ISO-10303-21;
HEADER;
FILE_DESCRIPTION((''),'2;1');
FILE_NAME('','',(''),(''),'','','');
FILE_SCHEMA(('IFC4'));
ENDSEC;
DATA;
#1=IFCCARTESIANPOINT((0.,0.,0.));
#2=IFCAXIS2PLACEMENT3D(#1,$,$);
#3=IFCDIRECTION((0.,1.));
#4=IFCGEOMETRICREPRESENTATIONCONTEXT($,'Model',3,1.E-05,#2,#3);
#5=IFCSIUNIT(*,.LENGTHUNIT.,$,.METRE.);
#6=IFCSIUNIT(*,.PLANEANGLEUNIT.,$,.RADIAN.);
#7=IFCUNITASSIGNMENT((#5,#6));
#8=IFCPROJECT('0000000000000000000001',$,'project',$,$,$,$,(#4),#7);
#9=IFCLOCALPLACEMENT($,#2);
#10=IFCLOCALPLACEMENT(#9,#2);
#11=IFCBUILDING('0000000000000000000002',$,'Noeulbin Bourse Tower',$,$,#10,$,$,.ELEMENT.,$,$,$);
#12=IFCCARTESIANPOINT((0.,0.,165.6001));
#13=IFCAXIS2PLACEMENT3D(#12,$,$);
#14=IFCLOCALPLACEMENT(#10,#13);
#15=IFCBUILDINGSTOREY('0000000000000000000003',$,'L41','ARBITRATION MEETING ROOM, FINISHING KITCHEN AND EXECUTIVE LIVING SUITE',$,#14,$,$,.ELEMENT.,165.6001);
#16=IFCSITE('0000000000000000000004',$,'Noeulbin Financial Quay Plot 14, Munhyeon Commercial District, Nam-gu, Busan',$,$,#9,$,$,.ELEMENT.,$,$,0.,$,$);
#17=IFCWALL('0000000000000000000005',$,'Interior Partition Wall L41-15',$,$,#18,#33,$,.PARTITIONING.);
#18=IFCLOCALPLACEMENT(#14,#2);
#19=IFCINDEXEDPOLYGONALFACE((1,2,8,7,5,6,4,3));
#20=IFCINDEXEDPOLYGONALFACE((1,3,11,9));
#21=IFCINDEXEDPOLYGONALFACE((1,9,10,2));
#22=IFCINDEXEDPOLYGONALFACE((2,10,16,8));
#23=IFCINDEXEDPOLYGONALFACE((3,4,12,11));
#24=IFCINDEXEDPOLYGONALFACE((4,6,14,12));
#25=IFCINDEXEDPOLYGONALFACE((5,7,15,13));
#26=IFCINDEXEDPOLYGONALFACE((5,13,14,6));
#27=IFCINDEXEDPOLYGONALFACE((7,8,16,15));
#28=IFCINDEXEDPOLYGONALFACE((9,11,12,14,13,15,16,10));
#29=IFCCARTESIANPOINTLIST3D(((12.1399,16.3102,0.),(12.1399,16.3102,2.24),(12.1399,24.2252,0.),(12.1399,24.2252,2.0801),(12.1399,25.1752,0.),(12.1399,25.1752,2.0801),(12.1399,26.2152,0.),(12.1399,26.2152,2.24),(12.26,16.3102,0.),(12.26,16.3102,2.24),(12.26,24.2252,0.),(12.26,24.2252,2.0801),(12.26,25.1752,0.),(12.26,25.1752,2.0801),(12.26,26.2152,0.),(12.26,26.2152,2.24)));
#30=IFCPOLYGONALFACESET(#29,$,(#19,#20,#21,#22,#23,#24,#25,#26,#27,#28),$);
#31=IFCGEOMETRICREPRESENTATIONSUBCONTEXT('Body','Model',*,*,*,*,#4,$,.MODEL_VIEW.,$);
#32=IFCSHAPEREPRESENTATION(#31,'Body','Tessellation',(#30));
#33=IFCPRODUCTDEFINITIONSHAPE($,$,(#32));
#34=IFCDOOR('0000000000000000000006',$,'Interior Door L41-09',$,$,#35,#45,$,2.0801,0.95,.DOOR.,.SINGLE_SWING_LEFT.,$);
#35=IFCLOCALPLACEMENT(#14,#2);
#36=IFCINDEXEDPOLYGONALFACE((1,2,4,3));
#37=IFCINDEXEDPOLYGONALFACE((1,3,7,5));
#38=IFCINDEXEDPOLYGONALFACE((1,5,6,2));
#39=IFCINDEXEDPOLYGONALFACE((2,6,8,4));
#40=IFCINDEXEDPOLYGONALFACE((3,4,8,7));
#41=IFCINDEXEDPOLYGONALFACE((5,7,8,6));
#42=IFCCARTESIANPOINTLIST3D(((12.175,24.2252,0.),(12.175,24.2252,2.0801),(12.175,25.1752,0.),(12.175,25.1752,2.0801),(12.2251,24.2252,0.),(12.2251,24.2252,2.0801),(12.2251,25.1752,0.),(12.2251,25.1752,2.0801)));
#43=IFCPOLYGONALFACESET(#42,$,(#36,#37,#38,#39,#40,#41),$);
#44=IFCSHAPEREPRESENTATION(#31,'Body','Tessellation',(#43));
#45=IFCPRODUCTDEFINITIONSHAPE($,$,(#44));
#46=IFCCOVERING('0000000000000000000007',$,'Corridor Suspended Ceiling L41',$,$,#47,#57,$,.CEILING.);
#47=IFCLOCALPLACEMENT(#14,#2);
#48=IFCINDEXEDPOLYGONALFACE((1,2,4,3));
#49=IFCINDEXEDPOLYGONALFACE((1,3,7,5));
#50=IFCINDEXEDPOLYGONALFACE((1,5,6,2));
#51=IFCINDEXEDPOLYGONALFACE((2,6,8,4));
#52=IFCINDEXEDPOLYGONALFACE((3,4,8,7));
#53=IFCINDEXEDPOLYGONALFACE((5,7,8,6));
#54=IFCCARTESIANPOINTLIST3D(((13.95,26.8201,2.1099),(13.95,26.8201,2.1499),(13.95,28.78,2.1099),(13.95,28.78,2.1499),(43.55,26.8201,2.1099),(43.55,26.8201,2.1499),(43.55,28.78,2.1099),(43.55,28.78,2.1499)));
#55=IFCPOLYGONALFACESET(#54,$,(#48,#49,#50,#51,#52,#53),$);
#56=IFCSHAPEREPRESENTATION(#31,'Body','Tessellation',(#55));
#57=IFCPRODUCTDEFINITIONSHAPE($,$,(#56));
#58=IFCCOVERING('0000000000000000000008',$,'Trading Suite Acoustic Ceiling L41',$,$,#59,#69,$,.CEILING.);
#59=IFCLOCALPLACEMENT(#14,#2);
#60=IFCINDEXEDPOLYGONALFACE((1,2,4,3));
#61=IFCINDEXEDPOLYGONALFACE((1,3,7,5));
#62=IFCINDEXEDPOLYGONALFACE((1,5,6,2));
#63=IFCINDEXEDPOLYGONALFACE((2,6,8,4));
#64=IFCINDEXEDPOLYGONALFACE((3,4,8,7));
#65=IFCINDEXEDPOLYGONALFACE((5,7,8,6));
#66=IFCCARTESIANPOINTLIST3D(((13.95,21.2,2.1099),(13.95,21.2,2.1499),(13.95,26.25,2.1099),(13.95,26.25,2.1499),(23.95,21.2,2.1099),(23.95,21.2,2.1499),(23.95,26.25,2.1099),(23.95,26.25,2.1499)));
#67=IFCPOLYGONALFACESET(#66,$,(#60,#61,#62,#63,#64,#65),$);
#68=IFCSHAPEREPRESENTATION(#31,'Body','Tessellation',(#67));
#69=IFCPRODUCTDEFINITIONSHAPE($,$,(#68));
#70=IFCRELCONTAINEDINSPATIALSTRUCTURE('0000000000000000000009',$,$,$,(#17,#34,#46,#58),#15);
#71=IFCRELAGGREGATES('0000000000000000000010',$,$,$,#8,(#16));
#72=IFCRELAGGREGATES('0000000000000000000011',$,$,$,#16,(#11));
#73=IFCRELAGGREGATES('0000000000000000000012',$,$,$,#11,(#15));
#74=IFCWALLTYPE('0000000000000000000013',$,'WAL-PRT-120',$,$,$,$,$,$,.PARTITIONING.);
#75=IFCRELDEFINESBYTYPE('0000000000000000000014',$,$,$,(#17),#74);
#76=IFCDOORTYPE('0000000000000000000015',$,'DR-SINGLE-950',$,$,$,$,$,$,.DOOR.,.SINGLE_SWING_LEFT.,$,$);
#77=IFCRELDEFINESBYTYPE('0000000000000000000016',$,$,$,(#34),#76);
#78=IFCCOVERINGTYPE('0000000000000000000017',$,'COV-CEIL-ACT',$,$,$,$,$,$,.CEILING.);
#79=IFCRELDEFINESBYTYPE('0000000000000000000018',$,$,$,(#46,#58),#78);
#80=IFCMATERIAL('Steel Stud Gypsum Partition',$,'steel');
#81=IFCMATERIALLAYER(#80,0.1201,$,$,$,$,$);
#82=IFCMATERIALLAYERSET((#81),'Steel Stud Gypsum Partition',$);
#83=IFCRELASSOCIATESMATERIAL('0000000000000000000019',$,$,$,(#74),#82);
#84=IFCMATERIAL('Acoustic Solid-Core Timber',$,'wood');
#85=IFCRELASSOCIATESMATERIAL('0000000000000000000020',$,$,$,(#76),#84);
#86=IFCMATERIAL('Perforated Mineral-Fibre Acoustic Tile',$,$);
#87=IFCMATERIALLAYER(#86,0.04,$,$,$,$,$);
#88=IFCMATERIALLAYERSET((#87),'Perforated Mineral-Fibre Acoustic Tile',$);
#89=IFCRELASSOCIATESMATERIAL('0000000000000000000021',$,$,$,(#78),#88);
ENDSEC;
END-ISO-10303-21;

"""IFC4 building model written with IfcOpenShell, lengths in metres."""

from ifc_helpers import new_model, si_unit, direction, frame, frame_2d, origin, place, context, subcontext, project, spatial, polyline, rectangle, outline, extrude, material, layer, layer_set, type_object, element, fill, save


model = new_model("IFC4")

# Units and contexts
model_context = context("Model", 3, precision=1e-05, world=origin(), true_north=direction((0.0, 1.0)))
body_context = subcontext(model_context, "Body", "Model", "MODEL_VIEW")
ifc_project = project(units=[si_unit("LENGTHUNIT", "METRE"), si_unit("PLANEANGLEUNIT", "RADIAN")], contexts=[model_context])

# Site, building, storey
site_placement = place(None, origin())
site = spatial("IfcSite", under=ifc_project, at=site_placement, Name="Noeulbin Financial Quay Plot 14, Munhyeon Commercial District, Nam-gu, Busan", CompositionType="ELEMENT", RefElevation=0.0)
building_placement = place(site_placement, origin())
building = spatial("IfcBuilding", under=site, at=building_placement, Name="Noeulbin Bourse Tower", CompositionType="ELEMENT")
storey_placement = place(building_placement, frame((0.0, 0.0, 165.6001)))
storey = spatial("IfcBuildingStorey", under=building, at=storey_placement, Name="L41", Description="ARBITRATION MEETING ROOM, FINISHING KITCHEN AND EXECUTIVE LIVING SUITE", CompositionType="ELEMENT", Elevation=165.6001)

# Wall, opening, door
ifc_material_1 = material(Name="Steel Stud Gypsum Partition", Category="steel")
ifc_layer_1 = layer(ifc_material_1, 0.1201)
ifc_layer_set_1 = layer_set([ifc_layer_1], Name="Steel Stud Gypsum Partition")
wall_type_1 = type_object("IfcWallType", Name="WAL-PRT-120", PredefinedType="PARTITIONING", material=ifc_layer_set_1)
wall_1_placement = place(storey_placement, frame((12.2, 16.3101, 0.0), z_axis=(0.0, 0.0, 1.0), x_axis=(0.0, 1.0, 0.0)))
wall_1 = element("IfcWall", 1, at=wall_1_placement, inside=storey, type_object=wall_type_1, Name="Interior Partition Wall L41-15", PredefinedType="PARTITIONING", context=body_context, shape_type="SweptSolid", body=[
    extrude(rectangle(XDim=9.905, YDim=0.1201, at=frame_2d((4.9526, 0.0))), origin(), (0.0, 0.0, 1.0), 2.24),
])
opening_1_placement = place(wall_1_placement, frame((7.915, 0.0, 0.0)))
opening_1 = element("IfcOpeningElement", 2, at=opening_1_placement, cuts=wall_1, PredefinedType="OPENING", context=body_context, shape_type="SweptSolid", body=[
    extrude(rectangle(XDim=0.95, YDim=2.0801, at=frame_2d((0.4751, 1.04))), frame((0.0, 0.0701, 0.0), z_axis=(0.0, -1.0, 0.0), x_axis=(1.0, 0.0, 0.0)), (0.0, 0.0, 1.0), 0.1401),
])
ifc_material_2 = material(Name="Acoustic Solid-Core Timber", Category="wood")
door_type_1 = type_object("IfcDoorType", Name="DR-SINGLE-950", OperationType="SINGLE_SWING_LEFT", PredefinedType="DOOR", material=ifc_material_2)
door_1_placement = place(opening_1_placement, origin())
door_1 = element("IfcDoor", 3, at=door_1_placement, inside=storey, type_object=door_type_1, Name="Interior Door L41-09", OperationType="SINGLE_SWING_LEFT", OverallHeight=2.0801, OverallWidth=0.95, PredefinedType="DOOR", context=body_context, shape_type="SweptSolid", body=[
    extrude(rectangle(XDim=0.95, YDim=2.0801, at=frame_2d((0.4751, 1.04))), frame((0.0, 0.0249, 0.0), z_axis=(0.0, -1.0, 0.0), x_axis=(1.0, 0.0, 0.0)), (0.0, 0.0, 1.0), 0.05),
])
fill(opening_1, door_1)

# Coverings
ifc_material_3 = material(Name="Perforated Mineral-Fibre Acoustic Tile")
ifc_layer_2 = layer(ifc_material_3, 0.04)
ifc_layer_set_2 = layer_set([ifc_layer_2], Name="Perforated Mineral-Fibre Acoustic Tile")
covering_type = type_object("IfcCoveringType", Name="COV-CEIL-ACT", PredefinedType="CEILING", material=ifc_layer_set_2)
covering_1_placement = place(storey_placement, frame((0.0, 0.0, 2.1099)))
element("IfcCovering", 4, at=covering_1_placement, inside=storey, type_object=covering_type, Name="Corridor Suspended Ceiling L41", PredefinedType="CEILING", context=body_context, shape_type="SweptSolid", body=[
    extrude(outline(polyline([(13.95, 26.8201), (43.55, 26.8201), (43.55, 28.78), (13.95, 28.78), (13.95, 26.8201)])), origin(), (0.0, 0.0, 1.0), 0.04),
])
covering_2_placement = place(storey_placement, frame((0.0, 0.0, 2.1099)))
element("IfcCovering", 5, at=covering_2_placement, inside=storey, type_object=covering_type, Name="Trading Suite Acoustic Ceiling L41", PredefinedType="CEILING", context=body_context, shape_type="SweptSolid", body=[
    extrude(outline(polyline([(13.95, 21.2), (23.95, 21.2), (23.95, 26.25), (13.95, 26.25), (13.95, 21.2)])), origin(), (0.0, 0.0, 1.0), 0.04),
])

save(model, "model.ifc")
